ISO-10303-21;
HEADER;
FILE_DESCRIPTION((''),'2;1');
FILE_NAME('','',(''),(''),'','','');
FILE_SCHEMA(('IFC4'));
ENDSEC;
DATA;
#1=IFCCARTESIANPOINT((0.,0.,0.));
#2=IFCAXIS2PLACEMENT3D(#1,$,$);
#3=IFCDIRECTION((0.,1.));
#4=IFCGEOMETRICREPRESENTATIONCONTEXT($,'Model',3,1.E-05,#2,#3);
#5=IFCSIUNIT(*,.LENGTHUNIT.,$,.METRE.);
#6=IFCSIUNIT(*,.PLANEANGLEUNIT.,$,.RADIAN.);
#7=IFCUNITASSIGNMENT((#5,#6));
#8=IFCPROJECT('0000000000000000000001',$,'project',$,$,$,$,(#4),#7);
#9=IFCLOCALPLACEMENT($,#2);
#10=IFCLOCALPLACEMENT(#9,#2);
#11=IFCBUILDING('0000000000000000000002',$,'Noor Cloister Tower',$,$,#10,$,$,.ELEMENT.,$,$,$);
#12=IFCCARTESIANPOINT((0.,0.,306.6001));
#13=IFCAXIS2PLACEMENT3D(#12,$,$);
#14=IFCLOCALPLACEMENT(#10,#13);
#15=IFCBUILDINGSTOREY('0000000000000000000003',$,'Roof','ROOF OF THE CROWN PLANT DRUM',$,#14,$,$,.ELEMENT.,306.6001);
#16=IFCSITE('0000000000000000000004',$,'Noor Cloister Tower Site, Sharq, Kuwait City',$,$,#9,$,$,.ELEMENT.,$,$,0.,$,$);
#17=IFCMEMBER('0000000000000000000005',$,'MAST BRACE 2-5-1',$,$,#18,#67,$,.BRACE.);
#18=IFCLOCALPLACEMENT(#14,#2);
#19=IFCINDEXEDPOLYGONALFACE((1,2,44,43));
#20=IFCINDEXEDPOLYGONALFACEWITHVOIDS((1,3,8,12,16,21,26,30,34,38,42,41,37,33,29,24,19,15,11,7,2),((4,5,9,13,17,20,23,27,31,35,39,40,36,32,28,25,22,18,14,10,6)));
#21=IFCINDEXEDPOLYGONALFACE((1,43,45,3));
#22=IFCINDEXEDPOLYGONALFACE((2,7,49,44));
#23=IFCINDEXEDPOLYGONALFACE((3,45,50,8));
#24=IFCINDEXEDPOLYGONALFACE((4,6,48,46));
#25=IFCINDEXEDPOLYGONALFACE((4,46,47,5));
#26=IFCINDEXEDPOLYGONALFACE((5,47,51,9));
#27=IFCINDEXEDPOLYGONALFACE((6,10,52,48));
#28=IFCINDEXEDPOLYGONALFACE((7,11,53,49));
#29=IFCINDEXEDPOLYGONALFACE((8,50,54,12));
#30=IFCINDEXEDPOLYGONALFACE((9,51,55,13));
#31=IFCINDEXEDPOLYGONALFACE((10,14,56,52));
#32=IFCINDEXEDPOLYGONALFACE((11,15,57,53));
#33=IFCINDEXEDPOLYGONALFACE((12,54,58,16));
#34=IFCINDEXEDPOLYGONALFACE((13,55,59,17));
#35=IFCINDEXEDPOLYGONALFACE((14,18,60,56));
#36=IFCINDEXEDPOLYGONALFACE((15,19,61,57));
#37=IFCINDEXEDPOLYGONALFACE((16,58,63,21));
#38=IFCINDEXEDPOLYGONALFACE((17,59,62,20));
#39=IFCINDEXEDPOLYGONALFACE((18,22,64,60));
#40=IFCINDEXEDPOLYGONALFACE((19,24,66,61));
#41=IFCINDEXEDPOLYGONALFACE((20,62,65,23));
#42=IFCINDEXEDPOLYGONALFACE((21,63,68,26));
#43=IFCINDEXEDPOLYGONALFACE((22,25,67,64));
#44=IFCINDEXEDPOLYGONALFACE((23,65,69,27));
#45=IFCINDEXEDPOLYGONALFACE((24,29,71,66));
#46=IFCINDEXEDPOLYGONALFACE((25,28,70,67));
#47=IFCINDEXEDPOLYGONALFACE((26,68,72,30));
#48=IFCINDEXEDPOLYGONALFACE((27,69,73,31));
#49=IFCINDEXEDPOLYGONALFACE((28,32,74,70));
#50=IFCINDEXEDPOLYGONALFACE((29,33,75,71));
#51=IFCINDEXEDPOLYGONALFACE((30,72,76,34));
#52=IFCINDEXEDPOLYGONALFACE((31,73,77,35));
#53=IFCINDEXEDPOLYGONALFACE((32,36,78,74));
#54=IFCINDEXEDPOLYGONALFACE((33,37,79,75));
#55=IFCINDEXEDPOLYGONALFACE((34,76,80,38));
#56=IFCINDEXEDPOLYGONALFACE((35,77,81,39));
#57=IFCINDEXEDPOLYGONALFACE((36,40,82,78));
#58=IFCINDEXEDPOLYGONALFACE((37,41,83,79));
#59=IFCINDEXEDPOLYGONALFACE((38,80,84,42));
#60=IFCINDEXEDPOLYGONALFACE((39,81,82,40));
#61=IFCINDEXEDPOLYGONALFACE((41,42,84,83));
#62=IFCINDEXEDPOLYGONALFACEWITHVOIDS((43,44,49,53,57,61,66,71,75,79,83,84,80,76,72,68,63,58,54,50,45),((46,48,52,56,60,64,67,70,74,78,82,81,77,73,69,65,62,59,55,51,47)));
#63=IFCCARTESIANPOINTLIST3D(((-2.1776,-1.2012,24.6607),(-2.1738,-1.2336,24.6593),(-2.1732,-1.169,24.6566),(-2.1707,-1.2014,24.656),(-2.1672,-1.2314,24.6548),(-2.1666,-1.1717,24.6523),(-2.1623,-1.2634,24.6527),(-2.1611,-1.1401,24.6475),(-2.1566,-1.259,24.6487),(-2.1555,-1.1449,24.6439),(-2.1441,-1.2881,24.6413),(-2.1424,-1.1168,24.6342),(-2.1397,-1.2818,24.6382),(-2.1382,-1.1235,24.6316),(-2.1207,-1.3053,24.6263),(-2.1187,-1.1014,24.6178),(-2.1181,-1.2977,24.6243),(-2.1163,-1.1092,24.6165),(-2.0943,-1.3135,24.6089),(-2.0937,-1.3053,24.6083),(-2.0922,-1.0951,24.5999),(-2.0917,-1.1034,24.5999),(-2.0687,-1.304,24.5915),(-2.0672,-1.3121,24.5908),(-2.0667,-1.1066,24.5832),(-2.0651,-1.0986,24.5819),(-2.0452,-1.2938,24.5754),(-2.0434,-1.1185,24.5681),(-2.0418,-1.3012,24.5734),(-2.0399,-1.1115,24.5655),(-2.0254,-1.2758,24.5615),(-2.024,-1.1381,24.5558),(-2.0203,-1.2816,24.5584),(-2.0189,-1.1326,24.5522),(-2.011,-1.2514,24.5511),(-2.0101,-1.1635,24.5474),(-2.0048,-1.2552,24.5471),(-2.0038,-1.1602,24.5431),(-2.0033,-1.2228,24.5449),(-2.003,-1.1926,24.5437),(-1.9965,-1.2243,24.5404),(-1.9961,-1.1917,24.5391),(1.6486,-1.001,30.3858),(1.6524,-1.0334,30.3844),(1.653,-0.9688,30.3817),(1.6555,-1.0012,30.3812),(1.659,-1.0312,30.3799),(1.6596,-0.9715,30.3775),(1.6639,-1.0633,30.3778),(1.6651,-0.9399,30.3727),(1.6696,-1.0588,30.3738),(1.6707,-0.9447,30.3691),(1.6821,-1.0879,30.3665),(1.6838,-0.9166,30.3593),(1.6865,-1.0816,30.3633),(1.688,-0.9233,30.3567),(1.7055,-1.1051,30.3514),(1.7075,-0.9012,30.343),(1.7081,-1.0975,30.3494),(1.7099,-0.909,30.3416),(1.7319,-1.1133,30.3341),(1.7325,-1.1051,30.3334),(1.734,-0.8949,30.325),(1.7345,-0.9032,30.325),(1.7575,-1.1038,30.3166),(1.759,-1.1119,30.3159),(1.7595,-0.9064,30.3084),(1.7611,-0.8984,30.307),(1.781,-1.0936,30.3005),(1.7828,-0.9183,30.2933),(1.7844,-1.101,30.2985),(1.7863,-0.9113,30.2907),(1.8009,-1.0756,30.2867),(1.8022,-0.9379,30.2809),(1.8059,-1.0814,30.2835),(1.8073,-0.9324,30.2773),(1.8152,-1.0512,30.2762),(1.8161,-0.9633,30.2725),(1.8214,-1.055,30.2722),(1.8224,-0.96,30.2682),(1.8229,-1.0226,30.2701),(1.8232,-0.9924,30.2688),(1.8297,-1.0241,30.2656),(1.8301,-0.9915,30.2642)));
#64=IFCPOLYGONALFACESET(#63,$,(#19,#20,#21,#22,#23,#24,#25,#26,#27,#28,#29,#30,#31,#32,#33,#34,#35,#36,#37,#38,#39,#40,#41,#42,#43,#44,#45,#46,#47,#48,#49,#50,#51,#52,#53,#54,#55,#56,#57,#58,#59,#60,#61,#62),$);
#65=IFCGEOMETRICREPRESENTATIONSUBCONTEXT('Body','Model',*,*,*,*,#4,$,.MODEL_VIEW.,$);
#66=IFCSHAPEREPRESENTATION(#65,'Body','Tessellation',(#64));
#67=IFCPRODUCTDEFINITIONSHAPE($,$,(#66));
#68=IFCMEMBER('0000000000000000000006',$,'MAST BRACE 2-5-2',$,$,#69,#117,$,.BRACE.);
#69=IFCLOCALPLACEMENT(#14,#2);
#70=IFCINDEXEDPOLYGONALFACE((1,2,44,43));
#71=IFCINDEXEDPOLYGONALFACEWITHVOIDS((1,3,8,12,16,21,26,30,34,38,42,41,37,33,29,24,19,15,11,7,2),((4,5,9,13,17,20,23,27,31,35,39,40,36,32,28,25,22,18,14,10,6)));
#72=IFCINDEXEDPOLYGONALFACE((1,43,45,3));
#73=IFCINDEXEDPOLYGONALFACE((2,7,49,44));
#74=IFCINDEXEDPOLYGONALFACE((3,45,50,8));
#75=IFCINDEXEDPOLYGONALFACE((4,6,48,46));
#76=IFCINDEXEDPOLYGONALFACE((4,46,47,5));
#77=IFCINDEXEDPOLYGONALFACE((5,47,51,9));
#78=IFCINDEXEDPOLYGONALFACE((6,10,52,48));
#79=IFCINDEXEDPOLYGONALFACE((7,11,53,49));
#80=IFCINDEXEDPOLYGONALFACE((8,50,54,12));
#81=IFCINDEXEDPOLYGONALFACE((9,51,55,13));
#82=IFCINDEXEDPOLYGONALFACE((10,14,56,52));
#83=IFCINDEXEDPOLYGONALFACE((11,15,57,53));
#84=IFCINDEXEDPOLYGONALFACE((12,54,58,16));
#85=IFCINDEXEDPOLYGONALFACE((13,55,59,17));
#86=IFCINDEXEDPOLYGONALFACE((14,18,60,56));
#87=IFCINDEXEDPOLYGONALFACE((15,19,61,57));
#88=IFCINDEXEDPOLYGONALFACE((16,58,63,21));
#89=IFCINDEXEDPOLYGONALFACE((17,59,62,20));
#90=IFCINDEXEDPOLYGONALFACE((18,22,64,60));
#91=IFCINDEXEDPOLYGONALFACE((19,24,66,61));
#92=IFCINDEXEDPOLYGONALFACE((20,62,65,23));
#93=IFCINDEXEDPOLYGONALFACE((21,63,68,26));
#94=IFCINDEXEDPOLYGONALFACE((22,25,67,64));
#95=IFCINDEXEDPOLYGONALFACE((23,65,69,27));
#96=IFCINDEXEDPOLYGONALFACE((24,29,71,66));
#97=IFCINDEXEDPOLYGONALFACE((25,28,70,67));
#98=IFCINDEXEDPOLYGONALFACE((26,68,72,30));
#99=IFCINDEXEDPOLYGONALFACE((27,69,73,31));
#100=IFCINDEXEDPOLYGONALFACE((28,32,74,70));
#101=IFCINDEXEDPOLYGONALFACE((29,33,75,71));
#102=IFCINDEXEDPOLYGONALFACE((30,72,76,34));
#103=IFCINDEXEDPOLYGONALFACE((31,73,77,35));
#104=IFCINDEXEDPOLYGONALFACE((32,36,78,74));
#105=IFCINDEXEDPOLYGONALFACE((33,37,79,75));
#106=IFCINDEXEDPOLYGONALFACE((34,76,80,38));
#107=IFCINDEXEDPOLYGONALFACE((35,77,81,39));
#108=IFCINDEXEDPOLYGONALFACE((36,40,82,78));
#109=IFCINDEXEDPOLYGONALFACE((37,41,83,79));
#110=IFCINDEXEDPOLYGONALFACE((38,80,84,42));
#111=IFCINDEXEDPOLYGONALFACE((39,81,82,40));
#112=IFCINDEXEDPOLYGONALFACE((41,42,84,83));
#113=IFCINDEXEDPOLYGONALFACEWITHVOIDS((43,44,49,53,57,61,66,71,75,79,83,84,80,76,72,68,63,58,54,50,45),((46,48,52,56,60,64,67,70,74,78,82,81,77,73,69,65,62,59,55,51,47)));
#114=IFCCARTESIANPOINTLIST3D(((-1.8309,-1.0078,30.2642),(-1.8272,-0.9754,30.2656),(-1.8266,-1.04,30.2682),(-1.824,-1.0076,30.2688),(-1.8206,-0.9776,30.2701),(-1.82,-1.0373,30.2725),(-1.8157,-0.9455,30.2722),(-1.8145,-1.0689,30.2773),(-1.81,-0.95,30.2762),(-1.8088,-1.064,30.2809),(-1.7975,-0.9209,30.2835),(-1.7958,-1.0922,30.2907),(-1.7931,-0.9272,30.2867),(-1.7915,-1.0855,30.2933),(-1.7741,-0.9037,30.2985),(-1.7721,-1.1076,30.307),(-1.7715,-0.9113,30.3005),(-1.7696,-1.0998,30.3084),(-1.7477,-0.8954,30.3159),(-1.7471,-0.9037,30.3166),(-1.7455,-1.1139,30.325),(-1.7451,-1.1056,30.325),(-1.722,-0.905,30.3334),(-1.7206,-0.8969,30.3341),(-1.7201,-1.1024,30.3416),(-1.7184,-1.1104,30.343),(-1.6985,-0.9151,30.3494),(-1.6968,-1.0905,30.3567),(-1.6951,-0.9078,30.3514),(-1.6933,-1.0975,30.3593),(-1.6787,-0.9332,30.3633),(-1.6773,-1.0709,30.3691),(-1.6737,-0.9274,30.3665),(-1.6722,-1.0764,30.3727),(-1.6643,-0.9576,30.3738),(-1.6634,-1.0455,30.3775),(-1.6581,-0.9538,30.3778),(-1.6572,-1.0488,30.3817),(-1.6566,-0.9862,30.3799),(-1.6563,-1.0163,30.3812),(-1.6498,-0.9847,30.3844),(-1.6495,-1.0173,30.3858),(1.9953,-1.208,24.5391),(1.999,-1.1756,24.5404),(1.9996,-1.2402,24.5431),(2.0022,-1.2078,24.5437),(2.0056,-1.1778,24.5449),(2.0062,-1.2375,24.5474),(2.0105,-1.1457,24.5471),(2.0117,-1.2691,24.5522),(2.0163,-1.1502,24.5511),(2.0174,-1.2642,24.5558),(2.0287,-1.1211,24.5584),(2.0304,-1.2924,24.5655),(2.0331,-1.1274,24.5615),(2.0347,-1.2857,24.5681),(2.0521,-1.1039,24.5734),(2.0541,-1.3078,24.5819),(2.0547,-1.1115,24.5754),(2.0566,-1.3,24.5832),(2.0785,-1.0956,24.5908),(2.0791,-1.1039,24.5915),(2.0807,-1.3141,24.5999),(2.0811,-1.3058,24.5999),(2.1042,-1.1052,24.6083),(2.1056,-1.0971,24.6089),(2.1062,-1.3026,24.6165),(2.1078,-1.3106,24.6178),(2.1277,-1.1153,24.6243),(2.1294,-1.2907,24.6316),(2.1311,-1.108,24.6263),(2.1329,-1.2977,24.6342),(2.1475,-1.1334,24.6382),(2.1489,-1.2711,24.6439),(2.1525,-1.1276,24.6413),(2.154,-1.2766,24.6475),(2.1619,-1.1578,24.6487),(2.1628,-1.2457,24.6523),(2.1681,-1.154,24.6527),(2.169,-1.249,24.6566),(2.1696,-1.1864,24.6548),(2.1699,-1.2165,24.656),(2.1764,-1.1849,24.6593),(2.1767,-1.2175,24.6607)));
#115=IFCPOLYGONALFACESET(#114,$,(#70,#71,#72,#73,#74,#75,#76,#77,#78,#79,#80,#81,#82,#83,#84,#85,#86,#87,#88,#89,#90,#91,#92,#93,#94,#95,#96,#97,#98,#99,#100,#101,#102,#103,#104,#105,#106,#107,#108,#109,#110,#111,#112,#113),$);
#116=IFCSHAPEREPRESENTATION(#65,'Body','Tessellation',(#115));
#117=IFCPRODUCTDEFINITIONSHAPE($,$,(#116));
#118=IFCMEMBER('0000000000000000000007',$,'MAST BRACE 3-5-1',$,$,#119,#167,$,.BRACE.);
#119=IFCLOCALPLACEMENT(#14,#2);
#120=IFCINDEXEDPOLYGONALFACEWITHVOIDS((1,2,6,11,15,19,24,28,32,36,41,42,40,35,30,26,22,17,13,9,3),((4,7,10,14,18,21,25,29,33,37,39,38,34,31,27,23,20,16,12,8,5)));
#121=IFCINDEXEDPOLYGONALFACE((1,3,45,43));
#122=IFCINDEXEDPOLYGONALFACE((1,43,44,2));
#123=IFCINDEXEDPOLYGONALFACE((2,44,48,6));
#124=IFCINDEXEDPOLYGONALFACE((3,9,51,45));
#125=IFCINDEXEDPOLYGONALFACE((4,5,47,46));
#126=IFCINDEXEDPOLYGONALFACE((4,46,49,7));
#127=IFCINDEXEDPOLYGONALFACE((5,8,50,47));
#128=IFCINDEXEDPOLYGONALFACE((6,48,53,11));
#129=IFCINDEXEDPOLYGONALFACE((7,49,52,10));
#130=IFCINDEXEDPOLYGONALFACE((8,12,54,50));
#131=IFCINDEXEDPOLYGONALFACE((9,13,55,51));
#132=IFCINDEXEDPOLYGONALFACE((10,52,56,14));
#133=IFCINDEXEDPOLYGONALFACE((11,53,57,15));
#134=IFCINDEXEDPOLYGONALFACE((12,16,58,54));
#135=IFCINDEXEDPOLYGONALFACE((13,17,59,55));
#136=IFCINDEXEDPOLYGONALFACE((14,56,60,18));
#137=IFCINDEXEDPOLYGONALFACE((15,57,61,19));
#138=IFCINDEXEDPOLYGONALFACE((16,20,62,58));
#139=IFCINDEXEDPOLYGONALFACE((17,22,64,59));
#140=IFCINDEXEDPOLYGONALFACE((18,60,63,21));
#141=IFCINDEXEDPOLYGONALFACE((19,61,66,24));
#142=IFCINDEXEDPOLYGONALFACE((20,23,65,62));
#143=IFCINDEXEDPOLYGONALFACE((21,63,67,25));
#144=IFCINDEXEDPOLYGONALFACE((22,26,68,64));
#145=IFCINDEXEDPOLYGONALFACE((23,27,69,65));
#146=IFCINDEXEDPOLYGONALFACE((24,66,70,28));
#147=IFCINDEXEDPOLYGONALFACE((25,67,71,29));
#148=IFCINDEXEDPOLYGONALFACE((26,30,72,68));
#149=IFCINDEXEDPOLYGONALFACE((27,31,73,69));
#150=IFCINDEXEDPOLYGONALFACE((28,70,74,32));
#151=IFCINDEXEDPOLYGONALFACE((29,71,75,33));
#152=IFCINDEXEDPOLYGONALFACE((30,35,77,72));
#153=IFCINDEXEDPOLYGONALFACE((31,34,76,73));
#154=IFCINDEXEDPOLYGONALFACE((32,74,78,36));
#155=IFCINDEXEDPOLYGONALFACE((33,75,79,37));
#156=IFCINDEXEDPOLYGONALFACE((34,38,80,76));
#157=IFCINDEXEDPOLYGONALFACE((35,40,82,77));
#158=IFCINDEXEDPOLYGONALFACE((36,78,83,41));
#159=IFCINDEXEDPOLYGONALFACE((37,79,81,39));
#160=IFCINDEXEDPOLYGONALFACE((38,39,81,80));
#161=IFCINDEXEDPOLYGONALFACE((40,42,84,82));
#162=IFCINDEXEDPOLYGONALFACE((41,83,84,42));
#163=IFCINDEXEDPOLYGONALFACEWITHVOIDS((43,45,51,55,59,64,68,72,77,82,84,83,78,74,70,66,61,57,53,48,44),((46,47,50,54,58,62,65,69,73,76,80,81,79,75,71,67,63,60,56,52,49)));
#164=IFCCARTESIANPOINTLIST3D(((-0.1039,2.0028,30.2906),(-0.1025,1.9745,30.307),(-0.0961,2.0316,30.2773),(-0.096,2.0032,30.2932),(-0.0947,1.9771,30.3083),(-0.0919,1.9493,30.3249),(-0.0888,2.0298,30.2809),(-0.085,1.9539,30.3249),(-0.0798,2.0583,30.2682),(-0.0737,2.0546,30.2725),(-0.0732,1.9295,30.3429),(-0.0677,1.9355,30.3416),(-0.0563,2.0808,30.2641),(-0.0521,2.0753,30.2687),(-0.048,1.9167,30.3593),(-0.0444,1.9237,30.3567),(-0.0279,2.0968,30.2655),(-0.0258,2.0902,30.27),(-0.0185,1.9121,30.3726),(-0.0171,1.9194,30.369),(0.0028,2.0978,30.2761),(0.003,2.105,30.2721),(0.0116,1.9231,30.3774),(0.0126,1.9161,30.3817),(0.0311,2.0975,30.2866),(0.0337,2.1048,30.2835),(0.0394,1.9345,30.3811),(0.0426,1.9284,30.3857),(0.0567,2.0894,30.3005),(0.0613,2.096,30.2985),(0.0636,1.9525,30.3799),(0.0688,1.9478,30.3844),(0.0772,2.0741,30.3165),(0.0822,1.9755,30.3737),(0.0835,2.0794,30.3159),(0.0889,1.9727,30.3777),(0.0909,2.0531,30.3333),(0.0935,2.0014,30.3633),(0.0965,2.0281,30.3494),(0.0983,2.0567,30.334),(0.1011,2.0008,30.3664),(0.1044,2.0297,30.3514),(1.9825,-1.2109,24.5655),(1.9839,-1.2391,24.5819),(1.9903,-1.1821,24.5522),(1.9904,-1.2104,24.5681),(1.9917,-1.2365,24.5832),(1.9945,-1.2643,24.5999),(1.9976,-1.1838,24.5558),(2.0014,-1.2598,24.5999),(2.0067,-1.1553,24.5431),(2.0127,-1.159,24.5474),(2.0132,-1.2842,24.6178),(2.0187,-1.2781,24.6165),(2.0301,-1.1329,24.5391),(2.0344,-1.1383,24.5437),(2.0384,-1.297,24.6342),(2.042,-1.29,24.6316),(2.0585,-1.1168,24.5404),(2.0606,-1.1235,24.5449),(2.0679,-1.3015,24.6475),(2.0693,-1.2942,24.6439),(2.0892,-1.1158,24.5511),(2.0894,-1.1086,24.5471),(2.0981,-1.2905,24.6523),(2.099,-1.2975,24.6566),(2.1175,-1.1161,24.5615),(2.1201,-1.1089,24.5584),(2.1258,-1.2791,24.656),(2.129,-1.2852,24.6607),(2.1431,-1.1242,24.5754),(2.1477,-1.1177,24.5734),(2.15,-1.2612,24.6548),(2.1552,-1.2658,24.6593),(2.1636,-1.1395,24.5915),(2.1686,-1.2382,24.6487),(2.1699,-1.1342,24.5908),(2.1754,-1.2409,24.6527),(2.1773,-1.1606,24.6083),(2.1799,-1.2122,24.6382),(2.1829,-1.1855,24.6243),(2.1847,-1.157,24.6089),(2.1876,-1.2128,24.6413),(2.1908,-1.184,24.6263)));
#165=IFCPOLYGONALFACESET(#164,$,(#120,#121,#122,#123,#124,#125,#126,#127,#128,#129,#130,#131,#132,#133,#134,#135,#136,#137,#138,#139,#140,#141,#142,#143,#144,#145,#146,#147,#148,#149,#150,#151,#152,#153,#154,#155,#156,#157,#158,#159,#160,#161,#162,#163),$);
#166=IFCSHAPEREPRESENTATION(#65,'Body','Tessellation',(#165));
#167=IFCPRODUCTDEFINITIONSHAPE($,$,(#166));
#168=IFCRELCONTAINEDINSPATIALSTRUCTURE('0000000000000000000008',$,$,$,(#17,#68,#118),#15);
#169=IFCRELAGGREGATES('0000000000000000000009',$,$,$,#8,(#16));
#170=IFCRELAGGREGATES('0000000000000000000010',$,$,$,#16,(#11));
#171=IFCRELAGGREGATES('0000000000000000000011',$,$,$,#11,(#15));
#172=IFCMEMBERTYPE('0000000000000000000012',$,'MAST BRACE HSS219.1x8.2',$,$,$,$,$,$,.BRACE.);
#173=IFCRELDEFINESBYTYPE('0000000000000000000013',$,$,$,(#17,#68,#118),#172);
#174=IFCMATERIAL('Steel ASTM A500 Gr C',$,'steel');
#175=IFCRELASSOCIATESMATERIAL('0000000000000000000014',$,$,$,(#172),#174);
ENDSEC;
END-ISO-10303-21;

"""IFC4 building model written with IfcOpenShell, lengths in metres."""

from ifc_helpers import new_model, si_unit, direction, frame, origin, origin_2d, place, context, subcontext, project, spatial, hollow_circle, extrude, material, material_profile, profile_set, type_object, element, save


model = new_model("IFC4")

# Units and contexts
model_context = context("Model", 3, precision=1e-05, world=origin(), true_north=direction((0.0, 1.0)))
body_context = subcontext(model_context, "Body", "Model", "MODEL_VIEW")
ifc_project = project(units=[si_unit("LENGTHUNIT", "METRE"), si_unit("PLANEANGLEUNIT", "RADIAN")], contexts=[model_context])

# Site, building, storey
site_placement = place(None, origin())
site = spatial("IfcSite", under=ifc_project, at=site_placement, Name="Noor Cloister Tower Site, Sharq, Kuwait City", CompositionType="ELEMENT", RefElevation=0.0)
building_placement = place(site_placement, origin())
building = spatial("IfcBuilding", under=site, at=building_placement, Name="Noor Cloister Tower", CompositionType="ELEMENT")
storey_placement = place(building_placement, frame((0.0, 0.0, 306.6001)))
storey = spatial("IfcBuildingStorey", under=building, at=storey_placement, Name="Roof", Description="ROOF OF THE CROWN PLANT DRUM", CompositionType="ELEMENT", Elevation=306.6001)

# Members
ifc_material_1 = material(Name="Steel ASTM A500 Gr C", Category="steel")
ifc_material_profile_1 = material_profile(ifc_material_1, hollow_circle(Radius=0.1096, WallThickness=0.0083, at=origin_2d()), Name="HSS219.1x8.2")
ifc_profile_set_1 = profile_set([ifc_material_profile_1], Name="Steel ASTM A500 Gr C")
member_type_1 = type_object("IfcMemberType", Name="MAST BRACE HSS219.1x8.2", PredefinedType="BRACE", material=ifc_profile_set_1)
for number, where, z_axis, x_axis, name in (
    (1, (-2.0864, -1.2046, 24.5999), (0.555414, 0.029061, 0.831066), (-0.052251, 0.998634, 0.0), "MAST BRACE 2-5-1"),
    (2, (2.0864, -1.2046, 24.5999), (-0.555414, 0.029061, 0.831066), (-0.052251, -0.998634, 0.0), "MAST BRACE 2-5-2"),
    (3, (2.0864, -1.2046, 24.5999), (-0.302867, 0.466491, 0.831058), (-0.838733, -0.544543, 0.0), "MAST BRACE 3-5-1"),
):
    element("IfcMember", number, at=place(storey_placement, frame(where, z_axis=z_axis, x_axis=x_axis)), inside=storey, type_object=member_type_1, Name=name, PredefinedType="BRACE", context=body_context, shape_type="SweptSolid", body=[
        extrude(hollow_circle(Radius=0.1096, WallThickness=0.0083, at=origin_2d()), origin(), (0.0, 0.0, 1.0), 6.8889),
    ])

save(model, "model.ifc")
